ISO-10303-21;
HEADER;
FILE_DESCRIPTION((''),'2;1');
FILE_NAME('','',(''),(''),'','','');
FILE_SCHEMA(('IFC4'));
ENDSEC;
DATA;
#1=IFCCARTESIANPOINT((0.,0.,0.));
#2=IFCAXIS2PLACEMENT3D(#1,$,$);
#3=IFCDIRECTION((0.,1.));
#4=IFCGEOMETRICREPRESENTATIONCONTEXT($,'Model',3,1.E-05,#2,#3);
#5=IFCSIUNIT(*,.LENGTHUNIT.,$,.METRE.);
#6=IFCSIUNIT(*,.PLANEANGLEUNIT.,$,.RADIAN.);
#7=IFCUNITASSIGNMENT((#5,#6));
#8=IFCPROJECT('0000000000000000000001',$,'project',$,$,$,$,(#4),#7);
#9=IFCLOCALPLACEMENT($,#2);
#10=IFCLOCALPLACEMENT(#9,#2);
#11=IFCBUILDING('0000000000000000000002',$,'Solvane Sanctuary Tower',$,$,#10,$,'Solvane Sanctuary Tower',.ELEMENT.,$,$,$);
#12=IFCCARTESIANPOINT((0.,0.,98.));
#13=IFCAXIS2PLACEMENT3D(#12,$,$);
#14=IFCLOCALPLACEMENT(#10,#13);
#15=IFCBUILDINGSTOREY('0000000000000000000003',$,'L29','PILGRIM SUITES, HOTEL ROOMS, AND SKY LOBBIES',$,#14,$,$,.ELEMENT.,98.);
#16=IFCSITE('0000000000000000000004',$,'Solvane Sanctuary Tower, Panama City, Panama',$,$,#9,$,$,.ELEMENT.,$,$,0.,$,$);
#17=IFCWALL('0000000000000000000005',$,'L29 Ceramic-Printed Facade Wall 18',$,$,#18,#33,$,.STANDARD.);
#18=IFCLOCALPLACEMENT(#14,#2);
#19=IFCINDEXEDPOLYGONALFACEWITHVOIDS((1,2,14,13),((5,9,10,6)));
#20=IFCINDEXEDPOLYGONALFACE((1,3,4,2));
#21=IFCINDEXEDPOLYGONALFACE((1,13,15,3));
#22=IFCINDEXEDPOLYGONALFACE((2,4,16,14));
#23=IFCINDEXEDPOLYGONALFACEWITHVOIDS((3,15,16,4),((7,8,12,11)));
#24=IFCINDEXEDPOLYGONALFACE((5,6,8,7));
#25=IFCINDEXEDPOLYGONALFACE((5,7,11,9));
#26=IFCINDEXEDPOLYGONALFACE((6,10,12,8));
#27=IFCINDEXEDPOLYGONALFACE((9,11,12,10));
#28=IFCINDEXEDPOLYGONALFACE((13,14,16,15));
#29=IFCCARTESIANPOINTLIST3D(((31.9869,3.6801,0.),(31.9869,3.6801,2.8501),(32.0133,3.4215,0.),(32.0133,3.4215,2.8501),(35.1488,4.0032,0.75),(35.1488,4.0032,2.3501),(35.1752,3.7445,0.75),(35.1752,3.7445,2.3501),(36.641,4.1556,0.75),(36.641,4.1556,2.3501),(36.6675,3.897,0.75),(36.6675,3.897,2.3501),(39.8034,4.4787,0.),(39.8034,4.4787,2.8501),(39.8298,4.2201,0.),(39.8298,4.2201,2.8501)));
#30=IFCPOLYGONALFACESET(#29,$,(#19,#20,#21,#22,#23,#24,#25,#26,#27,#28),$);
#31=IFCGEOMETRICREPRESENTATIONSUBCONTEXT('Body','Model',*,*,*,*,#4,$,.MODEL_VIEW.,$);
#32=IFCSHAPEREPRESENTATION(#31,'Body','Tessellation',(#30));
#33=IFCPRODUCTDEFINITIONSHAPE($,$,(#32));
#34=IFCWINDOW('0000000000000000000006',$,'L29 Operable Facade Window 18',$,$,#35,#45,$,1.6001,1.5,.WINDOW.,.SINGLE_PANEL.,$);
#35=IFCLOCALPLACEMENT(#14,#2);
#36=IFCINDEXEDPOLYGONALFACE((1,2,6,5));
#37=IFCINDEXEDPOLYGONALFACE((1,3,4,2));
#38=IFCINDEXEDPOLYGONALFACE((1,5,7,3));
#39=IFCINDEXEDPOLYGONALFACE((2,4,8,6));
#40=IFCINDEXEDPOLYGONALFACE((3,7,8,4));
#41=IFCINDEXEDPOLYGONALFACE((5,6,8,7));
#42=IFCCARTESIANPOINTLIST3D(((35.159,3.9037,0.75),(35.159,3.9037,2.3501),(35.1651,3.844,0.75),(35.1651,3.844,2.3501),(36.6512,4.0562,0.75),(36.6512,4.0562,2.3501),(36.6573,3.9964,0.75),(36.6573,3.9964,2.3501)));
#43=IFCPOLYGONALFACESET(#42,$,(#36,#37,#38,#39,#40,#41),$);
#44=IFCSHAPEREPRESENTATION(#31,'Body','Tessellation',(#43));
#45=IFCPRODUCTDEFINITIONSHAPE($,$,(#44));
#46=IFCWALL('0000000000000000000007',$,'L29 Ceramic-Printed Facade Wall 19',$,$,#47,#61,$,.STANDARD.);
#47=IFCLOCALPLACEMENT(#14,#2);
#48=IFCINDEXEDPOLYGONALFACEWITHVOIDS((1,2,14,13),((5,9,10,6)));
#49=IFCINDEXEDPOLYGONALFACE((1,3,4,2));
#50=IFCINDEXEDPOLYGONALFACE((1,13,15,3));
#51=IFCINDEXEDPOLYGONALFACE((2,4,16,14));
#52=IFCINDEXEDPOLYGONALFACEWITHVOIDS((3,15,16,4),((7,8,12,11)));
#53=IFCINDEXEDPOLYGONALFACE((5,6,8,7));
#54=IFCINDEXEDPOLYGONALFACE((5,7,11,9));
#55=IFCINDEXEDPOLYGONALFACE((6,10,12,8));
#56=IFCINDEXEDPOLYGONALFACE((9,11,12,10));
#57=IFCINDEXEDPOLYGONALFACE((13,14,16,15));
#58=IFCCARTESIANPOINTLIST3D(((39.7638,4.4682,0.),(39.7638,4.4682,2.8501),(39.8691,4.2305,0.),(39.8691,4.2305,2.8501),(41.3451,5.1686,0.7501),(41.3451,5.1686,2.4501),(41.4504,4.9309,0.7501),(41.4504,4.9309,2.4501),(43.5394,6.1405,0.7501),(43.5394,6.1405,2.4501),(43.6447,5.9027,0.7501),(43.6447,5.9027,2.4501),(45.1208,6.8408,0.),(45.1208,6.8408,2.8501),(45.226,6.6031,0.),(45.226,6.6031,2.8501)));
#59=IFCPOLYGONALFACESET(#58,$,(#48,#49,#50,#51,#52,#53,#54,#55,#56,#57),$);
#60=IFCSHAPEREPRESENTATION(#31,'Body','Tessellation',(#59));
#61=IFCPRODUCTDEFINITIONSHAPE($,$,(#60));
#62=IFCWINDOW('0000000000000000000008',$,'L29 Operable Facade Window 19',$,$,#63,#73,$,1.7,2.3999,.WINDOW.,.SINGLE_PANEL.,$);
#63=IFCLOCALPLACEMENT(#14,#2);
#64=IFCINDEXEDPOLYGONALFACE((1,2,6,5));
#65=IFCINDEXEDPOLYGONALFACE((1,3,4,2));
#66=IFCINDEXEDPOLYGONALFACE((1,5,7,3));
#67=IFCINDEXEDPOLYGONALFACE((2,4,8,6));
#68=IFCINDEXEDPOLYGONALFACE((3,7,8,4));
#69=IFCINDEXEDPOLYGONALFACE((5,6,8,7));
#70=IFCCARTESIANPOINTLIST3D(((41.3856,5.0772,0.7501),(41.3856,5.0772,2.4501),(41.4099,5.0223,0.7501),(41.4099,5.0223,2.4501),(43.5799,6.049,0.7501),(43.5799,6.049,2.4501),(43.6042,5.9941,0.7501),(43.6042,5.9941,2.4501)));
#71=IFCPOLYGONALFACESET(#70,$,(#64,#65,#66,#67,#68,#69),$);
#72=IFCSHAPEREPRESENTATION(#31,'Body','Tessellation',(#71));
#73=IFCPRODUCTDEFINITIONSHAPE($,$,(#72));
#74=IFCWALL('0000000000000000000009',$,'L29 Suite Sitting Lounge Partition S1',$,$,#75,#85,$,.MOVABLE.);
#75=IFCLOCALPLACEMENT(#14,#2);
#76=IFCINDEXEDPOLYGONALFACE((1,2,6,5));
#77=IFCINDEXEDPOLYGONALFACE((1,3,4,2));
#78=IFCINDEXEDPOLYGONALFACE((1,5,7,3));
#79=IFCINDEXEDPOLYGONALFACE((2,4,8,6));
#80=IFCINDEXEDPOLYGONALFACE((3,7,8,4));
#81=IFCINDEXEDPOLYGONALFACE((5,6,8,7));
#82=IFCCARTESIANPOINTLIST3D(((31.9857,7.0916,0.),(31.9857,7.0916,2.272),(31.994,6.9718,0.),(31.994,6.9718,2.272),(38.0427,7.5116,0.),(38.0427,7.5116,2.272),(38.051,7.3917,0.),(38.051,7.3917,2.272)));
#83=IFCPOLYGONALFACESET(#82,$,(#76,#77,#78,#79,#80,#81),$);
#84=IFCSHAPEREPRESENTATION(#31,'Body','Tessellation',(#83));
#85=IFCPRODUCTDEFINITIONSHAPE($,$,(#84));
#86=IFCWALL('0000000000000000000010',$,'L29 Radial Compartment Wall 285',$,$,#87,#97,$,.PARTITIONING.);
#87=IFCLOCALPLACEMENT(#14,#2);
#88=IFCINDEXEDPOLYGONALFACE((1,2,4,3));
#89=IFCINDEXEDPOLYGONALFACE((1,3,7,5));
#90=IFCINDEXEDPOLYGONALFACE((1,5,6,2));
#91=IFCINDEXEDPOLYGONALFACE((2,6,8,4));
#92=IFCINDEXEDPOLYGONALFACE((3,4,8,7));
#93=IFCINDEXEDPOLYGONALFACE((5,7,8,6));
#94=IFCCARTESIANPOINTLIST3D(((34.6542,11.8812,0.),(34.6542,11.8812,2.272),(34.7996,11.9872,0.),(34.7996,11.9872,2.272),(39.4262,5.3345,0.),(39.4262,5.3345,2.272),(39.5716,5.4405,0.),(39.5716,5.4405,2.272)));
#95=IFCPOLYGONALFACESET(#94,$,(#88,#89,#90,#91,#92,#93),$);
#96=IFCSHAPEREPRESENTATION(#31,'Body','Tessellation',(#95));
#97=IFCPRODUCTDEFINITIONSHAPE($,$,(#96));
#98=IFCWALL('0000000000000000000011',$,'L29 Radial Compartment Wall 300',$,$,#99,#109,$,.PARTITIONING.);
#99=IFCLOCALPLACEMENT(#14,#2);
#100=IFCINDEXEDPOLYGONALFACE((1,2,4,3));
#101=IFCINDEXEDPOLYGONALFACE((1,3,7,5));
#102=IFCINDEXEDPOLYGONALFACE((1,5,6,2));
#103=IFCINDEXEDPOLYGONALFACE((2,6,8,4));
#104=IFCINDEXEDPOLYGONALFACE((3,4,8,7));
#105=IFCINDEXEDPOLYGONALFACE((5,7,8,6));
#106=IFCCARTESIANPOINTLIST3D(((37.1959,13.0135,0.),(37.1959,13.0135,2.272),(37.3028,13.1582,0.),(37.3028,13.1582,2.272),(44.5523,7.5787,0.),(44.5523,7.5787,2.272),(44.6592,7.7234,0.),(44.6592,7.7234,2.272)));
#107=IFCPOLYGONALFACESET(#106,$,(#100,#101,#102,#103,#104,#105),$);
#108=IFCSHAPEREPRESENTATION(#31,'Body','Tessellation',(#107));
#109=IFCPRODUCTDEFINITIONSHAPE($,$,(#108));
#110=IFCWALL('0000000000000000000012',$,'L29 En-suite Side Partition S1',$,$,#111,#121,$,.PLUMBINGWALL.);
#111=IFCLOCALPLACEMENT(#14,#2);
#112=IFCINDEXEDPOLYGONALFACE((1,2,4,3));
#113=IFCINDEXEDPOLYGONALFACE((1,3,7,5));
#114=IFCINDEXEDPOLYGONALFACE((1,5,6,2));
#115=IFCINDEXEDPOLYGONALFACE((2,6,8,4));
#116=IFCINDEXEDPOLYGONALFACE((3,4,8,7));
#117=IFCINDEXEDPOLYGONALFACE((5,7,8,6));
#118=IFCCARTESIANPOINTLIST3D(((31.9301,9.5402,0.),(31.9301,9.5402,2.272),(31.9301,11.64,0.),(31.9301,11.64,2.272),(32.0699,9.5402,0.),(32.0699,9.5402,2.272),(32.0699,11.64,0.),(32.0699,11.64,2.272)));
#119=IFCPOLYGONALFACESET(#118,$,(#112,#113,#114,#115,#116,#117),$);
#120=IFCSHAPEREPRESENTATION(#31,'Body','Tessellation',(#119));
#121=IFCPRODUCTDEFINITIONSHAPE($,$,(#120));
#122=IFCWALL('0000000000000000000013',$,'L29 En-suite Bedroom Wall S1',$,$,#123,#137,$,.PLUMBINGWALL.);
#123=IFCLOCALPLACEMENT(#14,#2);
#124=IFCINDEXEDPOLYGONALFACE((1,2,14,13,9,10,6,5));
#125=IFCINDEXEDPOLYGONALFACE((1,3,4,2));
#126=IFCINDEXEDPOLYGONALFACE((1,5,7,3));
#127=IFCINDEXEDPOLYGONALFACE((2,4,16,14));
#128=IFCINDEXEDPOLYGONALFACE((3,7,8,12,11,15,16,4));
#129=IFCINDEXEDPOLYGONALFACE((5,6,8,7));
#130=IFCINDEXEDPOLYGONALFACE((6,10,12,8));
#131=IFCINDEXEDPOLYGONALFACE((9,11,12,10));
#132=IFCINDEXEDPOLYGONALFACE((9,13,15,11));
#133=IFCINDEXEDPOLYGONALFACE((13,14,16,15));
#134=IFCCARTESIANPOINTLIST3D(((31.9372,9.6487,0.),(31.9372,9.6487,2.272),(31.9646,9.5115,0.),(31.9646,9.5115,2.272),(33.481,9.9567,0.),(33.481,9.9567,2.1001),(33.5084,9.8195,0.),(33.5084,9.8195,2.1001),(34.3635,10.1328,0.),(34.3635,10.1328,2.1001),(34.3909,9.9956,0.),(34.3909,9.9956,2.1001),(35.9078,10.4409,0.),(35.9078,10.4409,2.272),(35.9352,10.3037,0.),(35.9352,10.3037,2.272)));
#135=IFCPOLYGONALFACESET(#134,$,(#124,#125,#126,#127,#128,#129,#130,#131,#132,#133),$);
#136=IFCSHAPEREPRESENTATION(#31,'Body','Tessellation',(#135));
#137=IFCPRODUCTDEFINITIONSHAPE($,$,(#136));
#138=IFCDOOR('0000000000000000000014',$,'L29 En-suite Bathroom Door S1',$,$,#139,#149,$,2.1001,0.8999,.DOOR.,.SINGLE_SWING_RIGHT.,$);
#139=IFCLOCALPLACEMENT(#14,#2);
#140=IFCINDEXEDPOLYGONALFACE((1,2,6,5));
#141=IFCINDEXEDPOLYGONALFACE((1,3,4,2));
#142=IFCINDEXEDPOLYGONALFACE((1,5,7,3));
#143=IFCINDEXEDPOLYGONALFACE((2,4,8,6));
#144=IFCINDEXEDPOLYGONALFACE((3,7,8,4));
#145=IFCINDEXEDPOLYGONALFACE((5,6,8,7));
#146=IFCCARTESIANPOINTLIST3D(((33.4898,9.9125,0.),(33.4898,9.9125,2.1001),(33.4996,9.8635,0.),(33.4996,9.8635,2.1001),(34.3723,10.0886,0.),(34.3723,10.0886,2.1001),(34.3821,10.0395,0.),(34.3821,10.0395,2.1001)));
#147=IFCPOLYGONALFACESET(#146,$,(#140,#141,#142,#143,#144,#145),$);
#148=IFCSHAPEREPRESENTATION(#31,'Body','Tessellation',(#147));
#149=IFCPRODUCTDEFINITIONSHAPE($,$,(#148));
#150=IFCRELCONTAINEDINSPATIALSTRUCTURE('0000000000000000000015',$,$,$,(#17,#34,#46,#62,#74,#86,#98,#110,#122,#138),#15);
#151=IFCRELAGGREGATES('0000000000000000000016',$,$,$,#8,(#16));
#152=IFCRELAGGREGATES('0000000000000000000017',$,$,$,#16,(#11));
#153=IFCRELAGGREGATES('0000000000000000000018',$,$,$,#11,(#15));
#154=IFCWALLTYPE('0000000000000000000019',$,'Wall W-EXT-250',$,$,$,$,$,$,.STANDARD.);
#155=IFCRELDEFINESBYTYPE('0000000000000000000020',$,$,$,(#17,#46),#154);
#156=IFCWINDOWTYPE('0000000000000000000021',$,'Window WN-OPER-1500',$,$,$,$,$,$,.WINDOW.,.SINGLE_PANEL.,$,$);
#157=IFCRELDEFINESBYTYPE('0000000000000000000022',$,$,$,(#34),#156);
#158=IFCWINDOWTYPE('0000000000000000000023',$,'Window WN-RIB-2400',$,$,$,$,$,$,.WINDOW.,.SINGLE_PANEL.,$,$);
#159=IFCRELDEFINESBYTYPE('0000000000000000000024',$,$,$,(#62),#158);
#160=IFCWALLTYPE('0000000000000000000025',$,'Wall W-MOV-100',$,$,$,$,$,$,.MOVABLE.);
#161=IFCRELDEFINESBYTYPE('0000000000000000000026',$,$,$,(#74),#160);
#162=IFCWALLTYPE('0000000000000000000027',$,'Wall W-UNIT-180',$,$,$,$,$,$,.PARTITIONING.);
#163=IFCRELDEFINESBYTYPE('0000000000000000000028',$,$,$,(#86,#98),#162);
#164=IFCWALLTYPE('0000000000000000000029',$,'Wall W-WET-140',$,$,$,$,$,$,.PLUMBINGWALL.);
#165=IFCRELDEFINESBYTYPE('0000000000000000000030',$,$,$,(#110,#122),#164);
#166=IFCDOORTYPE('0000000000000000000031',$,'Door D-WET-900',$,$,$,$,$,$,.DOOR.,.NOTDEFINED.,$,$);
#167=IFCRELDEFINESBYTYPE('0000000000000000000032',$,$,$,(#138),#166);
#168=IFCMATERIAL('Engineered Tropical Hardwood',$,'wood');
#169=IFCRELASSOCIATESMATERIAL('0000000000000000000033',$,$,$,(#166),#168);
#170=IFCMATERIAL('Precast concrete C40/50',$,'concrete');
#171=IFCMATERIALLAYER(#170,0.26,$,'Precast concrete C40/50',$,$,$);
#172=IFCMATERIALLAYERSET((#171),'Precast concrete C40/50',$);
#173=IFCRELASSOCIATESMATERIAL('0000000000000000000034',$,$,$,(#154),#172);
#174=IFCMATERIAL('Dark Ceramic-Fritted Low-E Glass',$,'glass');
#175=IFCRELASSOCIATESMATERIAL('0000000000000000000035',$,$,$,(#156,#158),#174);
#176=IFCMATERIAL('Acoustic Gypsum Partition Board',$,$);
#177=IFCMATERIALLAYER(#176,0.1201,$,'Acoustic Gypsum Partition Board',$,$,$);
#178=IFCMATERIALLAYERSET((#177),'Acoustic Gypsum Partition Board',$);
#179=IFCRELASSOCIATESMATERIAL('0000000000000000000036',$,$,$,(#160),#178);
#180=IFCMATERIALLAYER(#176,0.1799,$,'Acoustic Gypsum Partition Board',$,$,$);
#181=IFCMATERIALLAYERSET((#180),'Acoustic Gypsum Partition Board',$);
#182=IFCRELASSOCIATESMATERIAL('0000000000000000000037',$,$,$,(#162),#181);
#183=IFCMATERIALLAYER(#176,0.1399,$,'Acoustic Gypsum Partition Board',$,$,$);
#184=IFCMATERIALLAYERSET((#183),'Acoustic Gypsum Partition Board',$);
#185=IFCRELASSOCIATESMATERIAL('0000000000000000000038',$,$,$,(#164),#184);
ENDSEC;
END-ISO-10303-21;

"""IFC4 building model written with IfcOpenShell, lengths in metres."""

from ifc_helpers import new_model, si_unit, direction, frame, frame_2d, origin, place, context, subcontext, project, spatial, rectangle, extrude, material, layer, layer_set, type_object, element, fill, save


model = new_model("IFC4")

# Units and contexts
model_context = context("Model", 3, precision=1e-05, world=origin(), true_north=direction((0.0, 1.0)))
body_context = subcontext(model_context, "Body", "Model", "MODEL_VIEW")
ifc_project = project(units=[si_unit("LENGTHUNIT", "METRE"), si_unit("PLANEANGLEUNIT", "RADIAN")], contexts=[model_context])

# Site, building, storey
site_placement = place(None, origin())
site = spatial("IfcSite", under=ifc_project, at=site_placement, Name="Solvane Sanctuary Tower, Panama City, Panama", CompositionType="ELEMENT", RefElevation=0.0)
building_placement = place(site_placement, origin())
building = spatial("IfcBuilding", under=site, at=building_placement, Name="Solvane Sanctuary Tower", LongName="Solvane Sanctuary Tower", CompositionType="ELEMENT")
storey_placement = place(building_placement, frame((0.0, 0.0, 98.0)))
storey = spatial("IfcBuildingStorey", under=building, at=storey_placement, Name="L29", Description="PILGRIM SUITES, HOTEL ROOMS, AND SKY LOBBIES", CompositionType="ELEMENT", Elevation=98.0)

# Shared definitions
ifc_material_1 = material(Name="Acoustic Gypsum Partition Board")

# Shared definitions
ifc_material_2 = material(Name="Engineered Tropical Hardwood", Category="wood")
door_type_1 = type_object("IfcDoorType", Name="Door D-WET-900", OperationType="NOTDEFINED", PredefinedType="DOOR", material=ifc_material_2)

# Walls, openings, windows
ifc_material_3 = material(Name="Precast concrete C40/50", Category="concrete")
ifc_layer_1 = layer(ifc_material_3, 0.26, Name="Precast concrete C40/50")
ifc_layer_set_1 = layer_set([ifc_layer_1], Name="Precast concrete C40/50")
wall_type_1 = type_object("IfcWallType", Name="Wall W-EXT-250", PredefinedType="STANDARD", material=ifc_layer_set_1)
wall_1_placement = place(storey_placement, frame((32.0, 3.5508, 0.0), z_axis=(0.0, 0.0, 1.0), x_axis=(0.994821, 0.101639, 0.0)))
wall_1 = element("IfcWall", 1, at=wall_1_placement, inside=storey, type_object=wall_type_1, Name="L29 Ceramic-Printed Facade Wall 18", PredefinedType="STANDARD", context=body_context, shape_type="SweptSolid", body=[
    extrude(rectangle(XDim=7.8572, YDim=0.26, at=frame_2d((3.9287, 0.0))), origin(), (0.0, 0.0, 1.0), 2.8501),
])
opening_1_placement = place(wall_1_placement, frame((3.1785, 0.0, 0.75)))
opening_1 = element("IfcOpeningElement", 2, at=opening_1_placement, cuts=wall_1, PredefinedType="OPENING", context=body_context, shape_type="SweptSolid", body=[
    extrude(rectangle(XDim=1.5, YDim=1.6001, at=frame_2d((0.75, 0.8))), frame((0.0, 0.1399, 0.0), z_axis=(0.0, -1.0, 0.0), x_axis=(1.0, 0.0, 0.0)), (0.0, 0.0, 1.0), 0.28),
])
ifc_material_4 = material(Name="Dark Ceramic-Fritted Low-E Glass", Category="glass")
window_type_1 = type_object("IfcWindowType", Name="Window WN-OPER-1500", PartitioningType="SINGLE_PANEL", PredefinedType="WINDOW", material=ifc_material_4)
window_1_placement = place(opening_1_placement, origin())
window_1 = element("IfcWindow", 3, at=window_1_placement, inside=storey, type_object=window_type_1, Name="L29 Operable Facade Window 18", OverallHeight=1.6001, OverallWidth=1.5, PartitioningType="SINGLE_PANEL", PredefinedType="WINDOW", context=body_context, shape_type="SweptSolid", body=[
    extrude(rectangle(XDim=1.5, YDim=1.6001, at=frame_2d((0.75, 0.8))), frame((0.0, 0.03, 0.0), z_axis=(0.0, -1.0, 0.0), x_axis=(1.0, 0.0, 0.0)), (0.0, 0.0, 1.0), 0.0601),
])
fill(opening_1, window_1)
wall_2_placement = place(storey_placement, frame((39.8164, 4.3494, 0.0), z_axis=(0.0, 0.0, 1.0), x_axis=(0.914337, 0.404955, 0.0)))
wall_2 = element("IfcWall", 4, at=wall_2_placement, inside=storey, type_object=wall_type_1, Name="L29 Ceramic-Printed Facade Wall 19", PredefinedType="STANDARD", context=body_context, shape_type="SweptSolid", body=[
    extrude(rectangle(XDim=5.8589, YDim=0.26, at=frame_2d((2.9294, 0.0))), origin(), (0.0, 0.0, 1.0), 2.8501),
])
opening_2_placement = place(wall_2_placement, frame((1.7295, 0.0, 0.75)))
opening_2 = element("IfcOpeningElement", 5, at=opening_2_placement, cuts=wall_2, PredefinedType="OPENING", context=body_context, shape_type="SweptSolid", body=[
    extrude(rectangle(XDim=2.3999, YDim=1.7, at=frame_2d((1.2, 0.8501))), frame((0.0, 0.1399, 0.0), z_axis=(0.0, -1.0, 0.0), x_axis=(1.0, 0.0, 0.0)), (0.0, 0.0, 1.0), 0.28),
])
window_type_2 = type_object("IfcWindowType", Name="Window WN-RIB-2400", PartitioningType="SINGLE_PANEL", PredefinedType="WINDOW", material=ifc_material_4)
window_2_placement = place(opening_2_placement, origin())
window_2 = element("IfcWindow", 6, at=window_2_placement, inside=storey, type_object=window_type_2, Name="L29 Operable Facade Window 19", OverallHeight=1.7, OverallWidth=2.3999, PartitioningType="SINGLE_PANEL", PredefinedType="WINDOW", context=body_context, shape_type="SweptSolid", body=[
    extrude(rectangle(XDim=2.3999, YDim=1.7, at=frame_2d((1.2, 0.8501))), frame((0.0, 0.03, 0.0), z_axis=(0.0, -1.0, 0.0), x_axis=(1.0, 0.0, 0.0)), (0.0, 0.0, 1.0), 0.0601),
])
fill(opening_2, window_2)

# Walls
ifc_layer_2 = layer(ifc_material_1, 0.1201, Name="Acoustic Gypsum Partition Board")
ifc_layer_set_2 = layer_set([ifc_layer_2], Name="Acoustic Gypsum Partition Board")
wall_type_2 = type_object("IfcWallType", Name="Wall W-MOV-100", PredefinedType="MOVABLE", material=ifc_layer_set_2)
wall_3_placement = place(storey_placement, frame((31.99, 7.0317, 0.0), z_axis=(0.0, 0.0, 1.0), x_axis=(0.997605, 0.069164, 0.0)))
element("IfcWall", 7, at=wall_3_placement, inside=storey, type_object=wall_type_2, Name="L29 Suite Sitting Lounge Partition S1", PredefinedType="MOVABLE", context=body_context, shape_type="SweptSolid", body=[
    extrude(rectangle(XDim=6.0715, YDim=0.1201, at=frame_2d((3.0356, 0.0))), origin(), (0.0, 0.0, 1.0), 2.272),
])
ifc_layer_3 = layer(ifc_material_1, 0.1799, Name="Acoustic Gypsum Partition Board")
ifc_layer_set_3 = layer_set([ifc_layer_3], Name="Acoustic Gypsum Partition Board")
wall_type_3 = type_object("IfcWallType", Name="Wall W-UNIT-180", PredefinedType="PARTITIONING", material=ifc_layer_set_3)
wall_4_placement = place(storey_placement, frame((34.7268, 11.9343, 0.0), z_axis=(0.0, 0.0, 1.0), x_axis=(0.589042, -0.808102, 0.0)))
element("IfcWall", 8, at=wall_4_placement, inside=storey, type_object=wall_type_3, Name="L29 Radial Compartment Wall 285", PredefinedType="PARTITIONING", context=body_context, shape_type="SweptSolid", body=[
    extrude(rectangle(XDim=8.1013, YDim=0.1799, at=frame_2d((4.0508, 0.0))), origin(), (0.0, 0.0, 1.0), 2.272),
])
wall_5_placement = place(storey_placement, frame((37.2493, 13.0859, 0.0), z_axis=(0.0, 0.0, 1.0), x_axis=(0.80431, -0.59421, 0.0)))
element("IfcWall", 9, at=wall_5_placement, inside=storey, type_object=wall_type_3, Name="L29 Radial Compartment Wall 300", PredefinedType="PARTITIONING", context=body_context, shape_type="SweptSolid", body=[
    extrude(rectangle(XDim=9.1462, YDim=0.1799, at=frame_2d((4.5732, 0.0))), origin(), (0.0, 0.0, 1.0), 2.272),
])
ifc_layer_4 = layer(ifc_material_1, 0.1399, Name="Acoustic Gypsum Partition Board")
ifc_layer_set_4 = layer_set([ifc_layer_4], Name="Acoustic Gypsum Partition Board")
wall_type_4 = type_object("IfcWallType", Name="Wall W-WET-140", PredefinedType="PLUMBINGWALL", material=ifc_layer_set_4)
wall_6_placement = place(storey_placement, frame((32.0, 11.6399, 0.0), z_axis=(0.0, 0.0, 1.0), x_axis=(0.0, -1.0, 0.0)))
element("IfcWall", 10, at=wall_6_placement, inside=storey, type_object=wall_type_4, Name="L29 En-suite Side Partition S1", PredefinedType="PLUMBINGWALL", context=body_context, shape_type="SweptSolid", body=[
    extrude(rectangle(XDim=2.0999, YDim=0.1399, at=frame_2d((1.0498, 0.0))), origin(), (0.0, 0.0, 1.0), 2.272),
])

# Wall, opening, door
wall_7_placement = place(storey_placement, frame((31.9509, 9.5801, 0.0), z_axis=(0.0, 0.0, 1.0), x_axis=(0.980669, 0.195675, 0.0)))
wall_7 = element("IfcWall", 11, at=wall_7_placement, inside=storey, type_object=wall_type_4, Name="L29 En-suite Bedroom Wall S1", PredefinedType="PLUMBINGWALL", context=body_context, shape_type="SweptSolid", body=[
    extrude(rectangle(XDim=4.0488, YDim=0.1399, at=frame_2d((2.0244, 0.0))), origin(), (0.0, 0.0, 1.0), 2.272),
])
opening_3_placement = place(wall_7_placement, frame((1.5742, 0.0, 0.0)))
opening_3 = element("IfcOpeningElement", 12, at=opening_3_placement, cuts=wall_7, PredefinedType="OPENING", context=body_context, shape_type="SweptSolid", body=[
    extrude(rectangle(XDim=0.8999, YDim=2.1001, at=frame_2d((0.45, 1.05))), frame((0.0, 0.0798, 0.0), z_axis=(0.0, -1.0, 0.0), x_axis=(1.0, 0.0, 0.0)), (0.0, 0.0, 1.0), 0.1599),
])
door_1_placement = place(opening_3_placement, origin())
door_1 = element("IfcDoor", 13, at=door_1_placement, inside=storey, type_object=door_type_1, Name="L29 En-suite Bathroom Door S1", OperationType="SINGLE_SWING_RIGHT", OverallHeight=2.1001, OverallWidth=0.8999, PredefinedType="DOOR", context=body_context, shape_type="SweptSolid", body=[
    extrude(rectangle(XDim=0.8999, YDim=2.1001, at=frame_2d((0.45, 1.05))), frame((0.0, 0.0249, 0.0), z_axis=(0.0, -1.0, 0.0), x_axis=(1.0, 0.0, 0.0)), (0.0, 0.0, 1.0), 0.05),
])
fill(opening_3, door_1)

save(model, "model.ifc")
